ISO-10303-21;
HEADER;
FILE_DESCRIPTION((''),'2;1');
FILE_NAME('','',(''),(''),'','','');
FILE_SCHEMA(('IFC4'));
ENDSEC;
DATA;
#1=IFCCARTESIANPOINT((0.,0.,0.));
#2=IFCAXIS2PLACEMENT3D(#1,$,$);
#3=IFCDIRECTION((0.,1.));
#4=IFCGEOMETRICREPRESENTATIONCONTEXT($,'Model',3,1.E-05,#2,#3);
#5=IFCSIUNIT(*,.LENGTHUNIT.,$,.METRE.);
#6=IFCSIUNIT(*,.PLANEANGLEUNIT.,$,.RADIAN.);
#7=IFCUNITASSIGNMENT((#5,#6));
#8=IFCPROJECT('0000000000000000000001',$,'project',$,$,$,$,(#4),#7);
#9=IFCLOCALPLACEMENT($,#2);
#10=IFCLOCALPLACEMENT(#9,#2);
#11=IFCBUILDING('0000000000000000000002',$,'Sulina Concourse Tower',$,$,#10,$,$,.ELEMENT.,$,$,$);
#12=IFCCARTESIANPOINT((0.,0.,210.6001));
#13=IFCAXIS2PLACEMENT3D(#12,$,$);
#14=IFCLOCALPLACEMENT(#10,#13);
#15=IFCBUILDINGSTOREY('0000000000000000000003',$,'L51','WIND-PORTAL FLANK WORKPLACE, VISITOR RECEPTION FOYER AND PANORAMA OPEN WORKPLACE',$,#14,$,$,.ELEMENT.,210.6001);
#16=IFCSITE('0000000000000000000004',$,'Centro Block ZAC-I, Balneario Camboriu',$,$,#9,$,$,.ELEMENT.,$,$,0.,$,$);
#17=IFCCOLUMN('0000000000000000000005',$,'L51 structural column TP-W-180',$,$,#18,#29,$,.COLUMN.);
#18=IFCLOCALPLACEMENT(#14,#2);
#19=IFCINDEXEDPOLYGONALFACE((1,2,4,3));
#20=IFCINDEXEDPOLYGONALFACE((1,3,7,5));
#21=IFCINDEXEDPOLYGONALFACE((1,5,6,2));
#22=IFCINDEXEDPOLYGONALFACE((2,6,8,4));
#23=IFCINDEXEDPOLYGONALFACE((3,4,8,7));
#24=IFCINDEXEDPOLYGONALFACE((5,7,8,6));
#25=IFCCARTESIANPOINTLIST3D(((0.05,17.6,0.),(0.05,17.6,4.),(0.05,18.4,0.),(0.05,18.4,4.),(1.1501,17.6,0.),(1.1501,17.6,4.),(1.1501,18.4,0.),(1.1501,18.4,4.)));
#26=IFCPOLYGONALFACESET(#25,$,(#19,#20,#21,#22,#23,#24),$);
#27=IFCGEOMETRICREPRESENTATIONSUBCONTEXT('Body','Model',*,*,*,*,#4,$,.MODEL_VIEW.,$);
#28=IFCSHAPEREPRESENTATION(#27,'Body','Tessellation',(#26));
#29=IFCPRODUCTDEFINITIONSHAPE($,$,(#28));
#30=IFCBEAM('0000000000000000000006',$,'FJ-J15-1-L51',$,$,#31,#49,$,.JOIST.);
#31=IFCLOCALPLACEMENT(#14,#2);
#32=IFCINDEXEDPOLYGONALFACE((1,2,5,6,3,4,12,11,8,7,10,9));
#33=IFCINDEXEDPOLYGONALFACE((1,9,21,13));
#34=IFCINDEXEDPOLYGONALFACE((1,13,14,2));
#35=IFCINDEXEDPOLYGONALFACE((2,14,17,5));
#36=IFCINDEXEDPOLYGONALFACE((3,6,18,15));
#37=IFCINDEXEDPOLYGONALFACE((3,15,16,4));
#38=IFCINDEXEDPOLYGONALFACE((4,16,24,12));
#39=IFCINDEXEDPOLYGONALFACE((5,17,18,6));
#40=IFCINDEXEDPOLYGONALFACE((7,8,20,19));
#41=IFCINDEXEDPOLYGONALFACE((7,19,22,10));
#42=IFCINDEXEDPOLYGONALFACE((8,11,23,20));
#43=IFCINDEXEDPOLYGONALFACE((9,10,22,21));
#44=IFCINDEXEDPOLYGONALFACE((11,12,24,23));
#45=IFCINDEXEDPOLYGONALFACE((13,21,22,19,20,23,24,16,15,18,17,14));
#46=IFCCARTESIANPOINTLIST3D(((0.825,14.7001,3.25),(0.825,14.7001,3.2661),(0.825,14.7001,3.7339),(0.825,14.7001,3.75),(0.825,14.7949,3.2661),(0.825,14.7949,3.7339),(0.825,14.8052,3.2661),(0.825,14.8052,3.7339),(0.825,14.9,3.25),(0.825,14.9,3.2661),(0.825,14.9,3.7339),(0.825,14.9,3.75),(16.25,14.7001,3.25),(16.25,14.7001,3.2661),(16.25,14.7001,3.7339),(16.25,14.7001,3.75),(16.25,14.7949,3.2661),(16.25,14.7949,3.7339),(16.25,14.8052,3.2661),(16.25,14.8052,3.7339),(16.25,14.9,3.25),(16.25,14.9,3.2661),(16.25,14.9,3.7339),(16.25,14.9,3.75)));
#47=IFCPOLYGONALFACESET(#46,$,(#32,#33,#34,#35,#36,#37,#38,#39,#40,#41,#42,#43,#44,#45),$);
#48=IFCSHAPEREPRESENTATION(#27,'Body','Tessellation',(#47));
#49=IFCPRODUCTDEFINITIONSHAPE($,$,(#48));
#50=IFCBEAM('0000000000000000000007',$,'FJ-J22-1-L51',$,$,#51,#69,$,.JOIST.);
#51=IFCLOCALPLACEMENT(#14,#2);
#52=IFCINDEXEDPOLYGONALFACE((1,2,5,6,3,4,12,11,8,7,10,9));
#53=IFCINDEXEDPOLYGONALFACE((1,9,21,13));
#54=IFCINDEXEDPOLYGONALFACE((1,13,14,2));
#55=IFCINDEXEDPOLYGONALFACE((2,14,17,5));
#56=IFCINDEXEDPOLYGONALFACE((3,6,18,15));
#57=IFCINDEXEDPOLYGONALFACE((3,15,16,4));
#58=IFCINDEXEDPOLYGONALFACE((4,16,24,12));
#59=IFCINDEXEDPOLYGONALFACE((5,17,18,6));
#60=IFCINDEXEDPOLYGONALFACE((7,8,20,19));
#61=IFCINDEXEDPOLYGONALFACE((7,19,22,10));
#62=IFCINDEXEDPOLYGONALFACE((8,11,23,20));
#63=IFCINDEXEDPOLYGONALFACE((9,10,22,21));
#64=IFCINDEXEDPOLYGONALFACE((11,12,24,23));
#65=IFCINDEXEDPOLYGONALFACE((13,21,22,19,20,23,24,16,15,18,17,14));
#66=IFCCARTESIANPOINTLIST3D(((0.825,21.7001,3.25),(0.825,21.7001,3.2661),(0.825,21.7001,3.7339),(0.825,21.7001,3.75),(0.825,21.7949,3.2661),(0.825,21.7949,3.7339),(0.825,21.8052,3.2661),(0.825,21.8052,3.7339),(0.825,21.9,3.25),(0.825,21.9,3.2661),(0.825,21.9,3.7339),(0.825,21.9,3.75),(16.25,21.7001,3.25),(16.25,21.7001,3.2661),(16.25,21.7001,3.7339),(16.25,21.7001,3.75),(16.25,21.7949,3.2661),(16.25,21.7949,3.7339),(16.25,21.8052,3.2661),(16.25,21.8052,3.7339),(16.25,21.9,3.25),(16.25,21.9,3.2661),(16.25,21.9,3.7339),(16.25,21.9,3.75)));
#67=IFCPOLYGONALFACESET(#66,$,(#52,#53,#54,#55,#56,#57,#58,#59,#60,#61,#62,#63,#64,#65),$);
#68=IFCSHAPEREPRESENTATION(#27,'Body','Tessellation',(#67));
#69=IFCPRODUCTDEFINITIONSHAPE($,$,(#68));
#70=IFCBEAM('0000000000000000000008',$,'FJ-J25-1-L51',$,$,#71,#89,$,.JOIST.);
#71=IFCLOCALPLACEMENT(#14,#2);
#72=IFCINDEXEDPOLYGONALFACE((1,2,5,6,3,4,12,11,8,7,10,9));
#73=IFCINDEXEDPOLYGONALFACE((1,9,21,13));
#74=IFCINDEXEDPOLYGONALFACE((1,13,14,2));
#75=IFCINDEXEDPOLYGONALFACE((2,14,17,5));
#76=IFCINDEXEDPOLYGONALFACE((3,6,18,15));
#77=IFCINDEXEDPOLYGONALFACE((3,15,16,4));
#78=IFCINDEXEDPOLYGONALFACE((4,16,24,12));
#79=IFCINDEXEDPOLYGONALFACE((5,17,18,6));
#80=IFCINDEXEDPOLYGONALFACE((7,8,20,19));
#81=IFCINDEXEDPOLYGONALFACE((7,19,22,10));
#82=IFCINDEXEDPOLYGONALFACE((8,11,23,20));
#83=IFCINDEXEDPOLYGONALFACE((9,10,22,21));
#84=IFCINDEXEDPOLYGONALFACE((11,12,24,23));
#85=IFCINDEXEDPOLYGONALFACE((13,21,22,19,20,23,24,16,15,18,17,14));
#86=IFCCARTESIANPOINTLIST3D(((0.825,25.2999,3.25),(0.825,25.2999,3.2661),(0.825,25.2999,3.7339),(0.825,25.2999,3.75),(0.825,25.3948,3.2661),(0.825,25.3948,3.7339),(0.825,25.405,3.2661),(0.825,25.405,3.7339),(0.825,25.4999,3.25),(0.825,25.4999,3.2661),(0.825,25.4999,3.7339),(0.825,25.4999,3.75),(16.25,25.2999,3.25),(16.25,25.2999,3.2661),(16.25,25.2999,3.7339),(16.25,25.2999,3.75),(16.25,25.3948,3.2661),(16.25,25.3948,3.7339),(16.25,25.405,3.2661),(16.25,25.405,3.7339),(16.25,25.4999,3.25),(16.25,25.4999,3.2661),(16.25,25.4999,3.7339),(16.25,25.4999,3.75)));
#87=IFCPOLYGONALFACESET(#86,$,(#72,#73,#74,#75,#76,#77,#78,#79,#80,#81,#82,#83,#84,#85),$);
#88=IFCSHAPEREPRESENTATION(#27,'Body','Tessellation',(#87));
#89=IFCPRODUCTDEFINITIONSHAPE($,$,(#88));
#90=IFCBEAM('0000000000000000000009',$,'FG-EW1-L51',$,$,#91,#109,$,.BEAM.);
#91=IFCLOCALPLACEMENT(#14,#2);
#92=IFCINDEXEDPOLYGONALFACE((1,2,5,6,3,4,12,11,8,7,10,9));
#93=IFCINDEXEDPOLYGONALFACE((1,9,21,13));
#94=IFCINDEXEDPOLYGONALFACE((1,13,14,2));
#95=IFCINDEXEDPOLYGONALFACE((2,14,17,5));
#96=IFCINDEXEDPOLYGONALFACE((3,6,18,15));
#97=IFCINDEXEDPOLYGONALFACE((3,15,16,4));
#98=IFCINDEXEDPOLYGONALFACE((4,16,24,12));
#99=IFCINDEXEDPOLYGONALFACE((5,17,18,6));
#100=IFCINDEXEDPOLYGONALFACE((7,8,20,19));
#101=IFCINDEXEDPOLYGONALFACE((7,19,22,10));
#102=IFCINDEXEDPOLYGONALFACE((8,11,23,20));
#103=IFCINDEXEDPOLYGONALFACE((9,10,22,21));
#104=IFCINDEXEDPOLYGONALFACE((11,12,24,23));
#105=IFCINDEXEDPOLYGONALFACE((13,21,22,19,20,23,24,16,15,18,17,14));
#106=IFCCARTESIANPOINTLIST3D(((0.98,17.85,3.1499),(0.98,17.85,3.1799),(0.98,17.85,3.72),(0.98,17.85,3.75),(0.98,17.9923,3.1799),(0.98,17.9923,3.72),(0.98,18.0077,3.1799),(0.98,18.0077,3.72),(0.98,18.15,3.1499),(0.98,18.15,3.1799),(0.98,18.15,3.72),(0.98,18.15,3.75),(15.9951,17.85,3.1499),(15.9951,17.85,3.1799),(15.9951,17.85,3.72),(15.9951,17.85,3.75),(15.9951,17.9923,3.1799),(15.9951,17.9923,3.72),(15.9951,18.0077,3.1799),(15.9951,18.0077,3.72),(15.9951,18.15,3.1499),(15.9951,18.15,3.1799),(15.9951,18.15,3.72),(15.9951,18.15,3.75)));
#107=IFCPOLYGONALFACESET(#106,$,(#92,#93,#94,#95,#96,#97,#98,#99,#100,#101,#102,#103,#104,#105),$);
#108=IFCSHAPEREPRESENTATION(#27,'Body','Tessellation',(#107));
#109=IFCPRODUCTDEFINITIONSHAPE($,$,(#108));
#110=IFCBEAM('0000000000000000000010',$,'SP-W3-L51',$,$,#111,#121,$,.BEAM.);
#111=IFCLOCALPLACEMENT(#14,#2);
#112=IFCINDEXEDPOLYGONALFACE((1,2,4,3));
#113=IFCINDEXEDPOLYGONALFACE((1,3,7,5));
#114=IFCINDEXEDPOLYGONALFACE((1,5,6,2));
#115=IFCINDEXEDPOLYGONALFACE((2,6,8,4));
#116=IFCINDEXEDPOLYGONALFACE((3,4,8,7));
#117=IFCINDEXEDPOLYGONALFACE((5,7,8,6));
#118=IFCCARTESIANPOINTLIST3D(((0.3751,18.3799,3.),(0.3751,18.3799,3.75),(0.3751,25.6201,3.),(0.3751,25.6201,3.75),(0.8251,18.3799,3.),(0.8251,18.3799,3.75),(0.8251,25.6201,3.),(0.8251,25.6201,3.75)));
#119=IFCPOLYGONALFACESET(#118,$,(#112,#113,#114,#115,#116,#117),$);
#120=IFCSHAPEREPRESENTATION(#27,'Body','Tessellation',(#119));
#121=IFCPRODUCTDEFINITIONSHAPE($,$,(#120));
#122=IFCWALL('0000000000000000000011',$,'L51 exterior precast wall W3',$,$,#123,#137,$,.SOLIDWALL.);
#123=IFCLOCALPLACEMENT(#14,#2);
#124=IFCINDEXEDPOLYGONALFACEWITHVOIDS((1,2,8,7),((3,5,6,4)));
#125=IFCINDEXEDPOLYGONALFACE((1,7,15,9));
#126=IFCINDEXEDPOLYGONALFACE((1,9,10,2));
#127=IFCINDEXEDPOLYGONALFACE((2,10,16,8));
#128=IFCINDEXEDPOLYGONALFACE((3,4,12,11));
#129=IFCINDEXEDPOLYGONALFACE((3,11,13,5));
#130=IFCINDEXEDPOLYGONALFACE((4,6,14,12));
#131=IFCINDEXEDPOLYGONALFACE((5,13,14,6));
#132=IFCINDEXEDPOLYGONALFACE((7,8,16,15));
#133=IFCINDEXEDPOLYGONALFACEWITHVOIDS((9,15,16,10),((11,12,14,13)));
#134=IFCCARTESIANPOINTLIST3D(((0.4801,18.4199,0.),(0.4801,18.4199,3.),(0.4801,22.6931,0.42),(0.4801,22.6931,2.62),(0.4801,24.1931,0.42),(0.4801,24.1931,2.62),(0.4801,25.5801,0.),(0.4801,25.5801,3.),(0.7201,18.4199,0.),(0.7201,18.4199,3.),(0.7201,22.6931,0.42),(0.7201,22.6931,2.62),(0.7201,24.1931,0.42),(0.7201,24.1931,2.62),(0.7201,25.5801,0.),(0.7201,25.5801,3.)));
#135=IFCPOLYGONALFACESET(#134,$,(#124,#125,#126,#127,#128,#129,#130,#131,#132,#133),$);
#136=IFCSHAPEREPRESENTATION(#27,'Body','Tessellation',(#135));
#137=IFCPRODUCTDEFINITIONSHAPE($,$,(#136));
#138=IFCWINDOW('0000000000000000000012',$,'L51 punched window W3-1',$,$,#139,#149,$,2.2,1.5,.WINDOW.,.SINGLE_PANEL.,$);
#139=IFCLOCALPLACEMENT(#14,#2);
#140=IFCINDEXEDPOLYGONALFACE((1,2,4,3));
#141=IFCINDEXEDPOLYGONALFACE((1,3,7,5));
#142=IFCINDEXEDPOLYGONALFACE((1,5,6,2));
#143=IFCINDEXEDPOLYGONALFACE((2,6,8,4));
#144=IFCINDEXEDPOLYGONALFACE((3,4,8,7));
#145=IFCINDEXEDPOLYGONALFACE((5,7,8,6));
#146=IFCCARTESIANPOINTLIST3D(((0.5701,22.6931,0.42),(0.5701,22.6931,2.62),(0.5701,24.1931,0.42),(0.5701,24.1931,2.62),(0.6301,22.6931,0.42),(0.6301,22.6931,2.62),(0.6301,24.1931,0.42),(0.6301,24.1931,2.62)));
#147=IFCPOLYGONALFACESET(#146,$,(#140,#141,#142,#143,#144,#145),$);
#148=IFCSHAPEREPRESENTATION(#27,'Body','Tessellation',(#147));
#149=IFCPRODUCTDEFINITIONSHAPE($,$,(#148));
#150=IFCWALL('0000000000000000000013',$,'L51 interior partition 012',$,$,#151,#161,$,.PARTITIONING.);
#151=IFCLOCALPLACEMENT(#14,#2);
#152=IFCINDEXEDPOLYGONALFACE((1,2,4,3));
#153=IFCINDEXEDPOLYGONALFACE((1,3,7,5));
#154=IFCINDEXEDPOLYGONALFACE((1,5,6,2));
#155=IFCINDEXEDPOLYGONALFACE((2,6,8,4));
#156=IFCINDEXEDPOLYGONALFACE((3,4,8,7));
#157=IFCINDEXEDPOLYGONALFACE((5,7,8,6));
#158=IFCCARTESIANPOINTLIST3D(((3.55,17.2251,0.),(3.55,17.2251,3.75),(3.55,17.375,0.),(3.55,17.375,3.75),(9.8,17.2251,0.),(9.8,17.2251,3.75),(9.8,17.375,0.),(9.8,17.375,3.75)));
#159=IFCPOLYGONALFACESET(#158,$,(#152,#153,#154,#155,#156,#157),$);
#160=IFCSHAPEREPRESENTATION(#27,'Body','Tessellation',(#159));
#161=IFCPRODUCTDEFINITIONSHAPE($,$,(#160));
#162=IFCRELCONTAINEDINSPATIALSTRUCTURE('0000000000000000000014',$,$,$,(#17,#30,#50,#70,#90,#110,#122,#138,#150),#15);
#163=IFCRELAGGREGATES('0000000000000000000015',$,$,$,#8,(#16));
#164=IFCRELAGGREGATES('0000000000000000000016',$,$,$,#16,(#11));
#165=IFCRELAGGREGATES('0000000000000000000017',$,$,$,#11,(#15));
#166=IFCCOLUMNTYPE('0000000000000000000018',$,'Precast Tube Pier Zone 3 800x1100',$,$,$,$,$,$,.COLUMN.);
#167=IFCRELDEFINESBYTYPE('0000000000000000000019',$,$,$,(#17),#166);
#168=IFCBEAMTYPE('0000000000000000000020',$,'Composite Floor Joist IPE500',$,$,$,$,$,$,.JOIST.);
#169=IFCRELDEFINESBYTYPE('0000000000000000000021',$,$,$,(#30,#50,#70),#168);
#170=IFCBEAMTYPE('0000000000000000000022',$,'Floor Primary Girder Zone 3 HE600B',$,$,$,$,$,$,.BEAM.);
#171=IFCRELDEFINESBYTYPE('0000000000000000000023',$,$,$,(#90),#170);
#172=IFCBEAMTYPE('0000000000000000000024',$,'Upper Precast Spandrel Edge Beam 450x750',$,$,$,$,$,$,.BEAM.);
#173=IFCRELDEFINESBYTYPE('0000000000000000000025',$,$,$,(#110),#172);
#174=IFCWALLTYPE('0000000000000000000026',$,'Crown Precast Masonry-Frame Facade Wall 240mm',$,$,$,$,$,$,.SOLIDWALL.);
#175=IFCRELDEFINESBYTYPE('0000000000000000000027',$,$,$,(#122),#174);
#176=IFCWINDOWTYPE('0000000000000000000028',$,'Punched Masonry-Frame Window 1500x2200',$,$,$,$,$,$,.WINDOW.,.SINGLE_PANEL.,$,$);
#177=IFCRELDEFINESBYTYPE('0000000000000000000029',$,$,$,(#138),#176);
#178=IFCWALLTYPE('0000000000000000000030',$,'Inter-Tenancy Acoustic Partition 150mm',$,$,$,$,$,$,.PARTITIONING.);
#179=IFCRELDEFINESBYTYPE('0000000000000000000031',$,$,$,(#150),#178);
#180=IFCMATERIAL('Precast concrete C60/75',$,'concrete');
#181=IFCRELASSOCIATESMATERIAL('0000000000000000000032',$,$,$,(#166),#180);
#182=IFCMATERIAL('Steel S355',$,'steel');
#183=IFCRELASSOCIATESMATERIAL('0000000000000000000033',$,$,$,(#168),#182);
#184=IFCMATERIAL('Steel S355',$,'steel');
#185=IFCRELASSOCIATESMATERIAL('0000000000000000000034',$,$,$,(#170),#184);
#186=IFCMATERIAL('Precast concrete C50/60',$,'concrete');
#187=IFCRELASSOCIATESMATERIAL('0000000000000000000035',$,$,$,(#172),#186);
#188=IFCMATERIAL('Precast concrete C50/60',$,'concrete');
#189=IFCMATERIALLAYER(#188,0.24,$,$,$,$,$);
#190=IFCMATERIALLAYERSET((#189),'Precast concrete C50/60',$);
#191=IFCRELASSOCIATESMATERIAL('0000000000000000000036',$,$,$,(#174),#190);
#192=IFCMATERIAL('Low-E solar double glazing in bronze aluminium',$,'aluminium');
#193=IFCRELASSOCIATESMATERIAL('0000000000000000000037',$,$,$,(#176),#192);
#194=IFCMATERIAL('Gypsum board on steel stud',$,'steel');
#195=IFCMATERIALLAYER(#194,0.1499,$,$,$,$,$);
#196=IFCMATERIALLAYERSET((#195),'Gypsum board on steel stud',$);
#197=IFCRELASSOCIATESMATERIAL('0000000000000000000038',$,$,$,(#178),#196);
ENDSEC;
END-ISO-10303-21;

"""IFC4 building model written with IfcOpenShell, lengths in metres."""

from ifc_helpers import new_model, si_unit, direction, frame, frame_2d, origin, origin_2d, place, context, subcontext, project, spatial, rectangle, i_section, extrude, material, layer, layer_set, material_profile, profile_set, type_object, element, fill, save


model = new_model("IFC4")

# Units and contexts
model_context = context("Model", 3, precision=1e-05, world=origin(), true_north=direction((0.0, 1.0)))
body_context = subcontext(model_context, "Body", "Model", "MODEL_VIEW")
ifc_project = project(units=[si_unit("LENGTHUNIT", "METRE"), si_unit("PLANEANGLEUNIT", "RADIAN")], contexts=[model_context])

# Site, building, storey
site_placement = place(None, origin())
site = spatial("IfcSite", under=ifc_project, at=site_placement, Name="Centro Block ZAC-I, Balneario Camboriu", CompositionType="ELEMENT", RefElevation=0.0)
building_placement = place(site_placement, origin())
building = spatial("IfcBuilding", under=site, at=building_placement, Name="Sulina Concourse Tower", CompositionType="ELEMENT")
storey_placement = place(building_placement, frame((0.0, 0.0, 210.6001)))
storey = spatial("IfcBuildingStorey", under=building, at=storey_placement, Name="L51", Description="WIND-PORTAL FLANK WORKPLACE, VISITOR RECEPTION FOYER AND PANORAMA OPEN WORKPLACE", CompositionType="ELEMENT", Elevation=210.6001)

# Column
ifc_material_1 = material(Name="Precast concrete C60/75", Category="concrete")
ifc_material_profile_1 = material_profile(ifc_material_1, rectangle(XDim=0.8, YDim=1.1001, at=origin_2d()), Name="PC 800x1100")
ifc_profile_set_1 = profile_set([ifc_material_profile_1], Name="Precast concrete C60/75")
column_type = type_object("IfcColumnType", Name="Precast Tube Pier Zone 3 800x1100", PredefinedType="COLUMN", material=ifc_profile_set_1)
column_placement = place(storey_placement, frame((0.6001, 18.0, 0.0), z_axis=(0.0, 0.0, 1.0), x_axis=(0.0, 1.0, 0.0)))
element("IfcColumn", 1, at=column_placement, inside=storey, type_object=column_type, Name="L51 structural column TP-W-180", PredefinedType="COLUMN", context=body_context, shape_type="SweptSolid", body=[
    extrude(rectangle(XDim=0.8, YDim=1.1001, at=origin_2d()), origin(), (0.0, 0.0, 1.0), 4.0),
])

# Beams
ifc_material_2 = material(Name="Steel S355", Category="steel")
ifc_material_profile_2 = material_profile(ifc_material_2, i_section(OverallWidth=0.2, OverallDepth=0.5, WebThickness=0.0103, FlangeThickness=0.0161, at=origin_2d()), Name="IPE 500")
ifc_profile_set_2 = profile_set([ifc_material_profile_2], Name="Steel S355")
beam_type_1 = type_object("IfcBeamType", Name="Composite Floor Joist IPE500", PredefinedType="JOIST", material=ifc_profile_set_2)
for number, where, z_axis, x_axis, name in (
    (2, (0.825, 14.8, 3.5), (1.0, 0.0, 0.0), (0.0, 1.0, 0.0), "FJ-J15-1-L51"),
    (3, (0.825, 21.8, 3.5), (1.0, 0.0, 0.0), (0.0, 1.0, 0.0), "FJ-J22-1-L51"),
    (4, (0.825, 25.3999, 3.5), (1.0, 0.0, 0.0), (0.0, 1.0, 0.0), "FJ-J25-1-L51"),
):
    element("IfcBeam", number, at=place(storey_placement, frame(where, z_axis=z_axis, x_axis=x_axis)), inside=storey, type_object=beam_type_1, Name=name, PredefinedType="JOIST", context=body_context, shape_type="SweptSolid", body=[
        extrude(i_section(OverallWidth=0.2, OverallDepth=0.5, WebThickness=0.0103, FlangeThickness=0.0161, at=origin_2d()), origin(), (0.0, 0.0, 1.0), 15.425),
    ])
ifc_material_3 = material(Name="Steel S355", Category="steel")
ifc_material_profile_3 = material_profile(ifc_material_3, i_section(OverallWidth=0.3, OverallDepth=0.6001, WebThickness=0.0154, FlangeThickness=0.03, at=origin_2d()), Name="HE 600 B")
ifc_profile_set_3 = profile_set([ifc_material_profile_3], Name="Steel S355")
beam_type_2 = type_object("IfcBeamType", Name="Floor Primary Girder Zone 3 HE600B", PredefinedType="BEAM", material=ifc_profile_set_3)
beam_1_placement = place(storey_placement, frame((0.98, 18.0, 3.45), z_axis=(1.0, 0.0, 0.0), x_axis=(0.0, 1.0, 0.0)))
element("IfcBeam", 5, at=beam_1_placement, inside=storey, type_object=beam_type_2, Name="FG-EW1-L51", PredefinedType="BEAM", context=body_context, shape_type="SweptSolid", body=[
    extrude(i_section(OverallWidth=0.3, OverallDepth=0.6001, WebThickness=0.0154, FlangeThickness=0.03, at=origin_2d()), origin(), (0.0, 0.0, 1.0), 15.0151),
])
ifc_material_4 = material(Name="Precast concrete C50/60", Category="concrete")
ifc_material_profile_4 = material_profile(ifc_material_4, rectangle(XDim=0.45, YDim=0.75, at=origin_2d()), Name="RC 450x750")
ifc_profile_set_4 = profile_set([ifc_material_profile_4], Name="Precast concrete C50/60")
beam_type_3 = type_object("IfcBeamType", Name="Upper Precast Spandrel Edge Beam 450x750", PredefinedType="BEAM", material=ifc_profile_set_4)
beam_2_placement = place(storey_placement, frame((0.6001, 18.3799, 3.375), z_axis=(0.0, 1.0, 0.0), x_axis=(-1.0, 0.0, 0.0)))
element("IfcBeam", 6, at=beam_2_placement, inside=storey, type_object=beam_type_3, Name="SP-W3-L51", PredefinedType="BEAM", context=body_context, shape_type="SweptSolid", body=[
    extrude(rectangle(XDim=0.45, YDim=0.75, at=origin_2d()), origin(), (0.0, 0.0, 1.0), 7.2402),
])

# Wall, opening, window
ifc_material_5 = material(Name="Precast concrete C50/60", Category="concrete")
ifc_layer_1 = layer(ifc_material_5, 0.24)
ifc_layer_set_1 = layer_set([ifc_layer_1], Name="Precast concrete C50/60")
wall_type_1 = type_object("IfcWallType", Name="Crown Precast Masonry-Frame Facade Wall 240mm", PredefinedType="SOLIDWALL", material=ifc_layer_set_1)
wall_1_placement = place(storey_placement, frame((0.6001, 18.4199, 0.0), z_axis=(0.0, 0.0, 1.0), x_axis=(0.0, 1.0, 0.0)))
wall_1 = element("IfcWall", 7, at=wall_1_placement, inside=storey, type_object=wall_type_1, Name="L51 exterior precast wall W3", PredefinedType="SOLIDWALL", context=body_context, shape_type="SweptSolid", body=[
    extrude(rectangle(XDim=7.1602, YDim=0.24, at=frame_2d((3.5801, 0.0))), origin(), (0.0, 0.0, 1.0), 3.0),
])
opening_1_placement = place(wall_1_placement, frame((4.2732, 0.0, 0.4199)))
opening_1 = element("IfcOpeningElement", 8, at=opening_1_placement, cuts=wall_1, PredefinedType="OPENING", context=body_context, shape_type="SweptSolid", body=[
    extrude(rectangle(XDim=1.5, YDim=2.2, at=frame_2d((0.75, 1.1001))), frame((0.0, 0.1299, 0.0), z_axis=(0.0, -1.0, 0.0), x_axis=(1.0, 0.0, 0.0)), (0.0, 0.0, 1.0), 0.26),
])
ifc_material_6 = material(Name="Low-E solar double glazing in bronze aluminium", Category="aluminium")
window_type = type_object("IfcWindowType", Name="Punched Masonry-Frame Window 1500x2200", PartitioningType="SINGLE_PANEL", PredefinedType="WINDOW", material=ifc_material_6)
window_placement = place(opening_1_placement, origin())
window = element("IfcWindow", 9, at=window_placement, inside=storey, type_object=window_type, Name="L51 punched window W3-1", OverallHeight=2.2, OverallWidth=1.5, PartitioningType="SINGLE_PANEL", PredefinedType="WINDOW", context=body_context, shape_type="SweptSolid", body=[
    extrude(rectangle(XDim=1.5, YDim=2.2, at=frame_2d((0.75, 1.1001))), frame((0.0, 0.03, 0.0), z_axis=(0.0, -1.0, 0.0), x_axis=(1.0, 0.0, 0.0)), (0.0, 0.0, 1.0), 0.0601),
])
fill(opening_1, window)

# Wall
ifc_material_7 = material(Name="Gypsum board on steel stud", Category="steel")
ifc_layer_2 = layer(ifc_material_7, 0.1499)
ifc_layer_set_2 = layer_set([ifc_layer_2], Name="Gypsum board on steel stud")
wall_type_2 = type_object("IfcWallType", Name="Inter-Tenancy Acoustic Partition 150mm", PredefinedType="PARTITIONING", material=ifc_layer_set_2)
wall_2_placement = place(storey_placement, frame((3.55, 17.3, 0.0), z_axis=(0.0, 0.0, 1.0), x_axis=(1.0, 0.0, 0.0)))
element("IfcWall", 10, at=wall_2_placement, inside=storey, type_object=wall_type_2, Name="L51 interior partition 012", PredefinedType="PARTITIONING", context=body_context, shape_type="SweptSolid", body=[
    extrude(rectangle(XDim=6.25, YDim=0.1499, at=frame_2d((3.125, 0.0))), origin(), (0.0, 0.0, 1.0), 3.75),
])

save(model, "model.ifc")
